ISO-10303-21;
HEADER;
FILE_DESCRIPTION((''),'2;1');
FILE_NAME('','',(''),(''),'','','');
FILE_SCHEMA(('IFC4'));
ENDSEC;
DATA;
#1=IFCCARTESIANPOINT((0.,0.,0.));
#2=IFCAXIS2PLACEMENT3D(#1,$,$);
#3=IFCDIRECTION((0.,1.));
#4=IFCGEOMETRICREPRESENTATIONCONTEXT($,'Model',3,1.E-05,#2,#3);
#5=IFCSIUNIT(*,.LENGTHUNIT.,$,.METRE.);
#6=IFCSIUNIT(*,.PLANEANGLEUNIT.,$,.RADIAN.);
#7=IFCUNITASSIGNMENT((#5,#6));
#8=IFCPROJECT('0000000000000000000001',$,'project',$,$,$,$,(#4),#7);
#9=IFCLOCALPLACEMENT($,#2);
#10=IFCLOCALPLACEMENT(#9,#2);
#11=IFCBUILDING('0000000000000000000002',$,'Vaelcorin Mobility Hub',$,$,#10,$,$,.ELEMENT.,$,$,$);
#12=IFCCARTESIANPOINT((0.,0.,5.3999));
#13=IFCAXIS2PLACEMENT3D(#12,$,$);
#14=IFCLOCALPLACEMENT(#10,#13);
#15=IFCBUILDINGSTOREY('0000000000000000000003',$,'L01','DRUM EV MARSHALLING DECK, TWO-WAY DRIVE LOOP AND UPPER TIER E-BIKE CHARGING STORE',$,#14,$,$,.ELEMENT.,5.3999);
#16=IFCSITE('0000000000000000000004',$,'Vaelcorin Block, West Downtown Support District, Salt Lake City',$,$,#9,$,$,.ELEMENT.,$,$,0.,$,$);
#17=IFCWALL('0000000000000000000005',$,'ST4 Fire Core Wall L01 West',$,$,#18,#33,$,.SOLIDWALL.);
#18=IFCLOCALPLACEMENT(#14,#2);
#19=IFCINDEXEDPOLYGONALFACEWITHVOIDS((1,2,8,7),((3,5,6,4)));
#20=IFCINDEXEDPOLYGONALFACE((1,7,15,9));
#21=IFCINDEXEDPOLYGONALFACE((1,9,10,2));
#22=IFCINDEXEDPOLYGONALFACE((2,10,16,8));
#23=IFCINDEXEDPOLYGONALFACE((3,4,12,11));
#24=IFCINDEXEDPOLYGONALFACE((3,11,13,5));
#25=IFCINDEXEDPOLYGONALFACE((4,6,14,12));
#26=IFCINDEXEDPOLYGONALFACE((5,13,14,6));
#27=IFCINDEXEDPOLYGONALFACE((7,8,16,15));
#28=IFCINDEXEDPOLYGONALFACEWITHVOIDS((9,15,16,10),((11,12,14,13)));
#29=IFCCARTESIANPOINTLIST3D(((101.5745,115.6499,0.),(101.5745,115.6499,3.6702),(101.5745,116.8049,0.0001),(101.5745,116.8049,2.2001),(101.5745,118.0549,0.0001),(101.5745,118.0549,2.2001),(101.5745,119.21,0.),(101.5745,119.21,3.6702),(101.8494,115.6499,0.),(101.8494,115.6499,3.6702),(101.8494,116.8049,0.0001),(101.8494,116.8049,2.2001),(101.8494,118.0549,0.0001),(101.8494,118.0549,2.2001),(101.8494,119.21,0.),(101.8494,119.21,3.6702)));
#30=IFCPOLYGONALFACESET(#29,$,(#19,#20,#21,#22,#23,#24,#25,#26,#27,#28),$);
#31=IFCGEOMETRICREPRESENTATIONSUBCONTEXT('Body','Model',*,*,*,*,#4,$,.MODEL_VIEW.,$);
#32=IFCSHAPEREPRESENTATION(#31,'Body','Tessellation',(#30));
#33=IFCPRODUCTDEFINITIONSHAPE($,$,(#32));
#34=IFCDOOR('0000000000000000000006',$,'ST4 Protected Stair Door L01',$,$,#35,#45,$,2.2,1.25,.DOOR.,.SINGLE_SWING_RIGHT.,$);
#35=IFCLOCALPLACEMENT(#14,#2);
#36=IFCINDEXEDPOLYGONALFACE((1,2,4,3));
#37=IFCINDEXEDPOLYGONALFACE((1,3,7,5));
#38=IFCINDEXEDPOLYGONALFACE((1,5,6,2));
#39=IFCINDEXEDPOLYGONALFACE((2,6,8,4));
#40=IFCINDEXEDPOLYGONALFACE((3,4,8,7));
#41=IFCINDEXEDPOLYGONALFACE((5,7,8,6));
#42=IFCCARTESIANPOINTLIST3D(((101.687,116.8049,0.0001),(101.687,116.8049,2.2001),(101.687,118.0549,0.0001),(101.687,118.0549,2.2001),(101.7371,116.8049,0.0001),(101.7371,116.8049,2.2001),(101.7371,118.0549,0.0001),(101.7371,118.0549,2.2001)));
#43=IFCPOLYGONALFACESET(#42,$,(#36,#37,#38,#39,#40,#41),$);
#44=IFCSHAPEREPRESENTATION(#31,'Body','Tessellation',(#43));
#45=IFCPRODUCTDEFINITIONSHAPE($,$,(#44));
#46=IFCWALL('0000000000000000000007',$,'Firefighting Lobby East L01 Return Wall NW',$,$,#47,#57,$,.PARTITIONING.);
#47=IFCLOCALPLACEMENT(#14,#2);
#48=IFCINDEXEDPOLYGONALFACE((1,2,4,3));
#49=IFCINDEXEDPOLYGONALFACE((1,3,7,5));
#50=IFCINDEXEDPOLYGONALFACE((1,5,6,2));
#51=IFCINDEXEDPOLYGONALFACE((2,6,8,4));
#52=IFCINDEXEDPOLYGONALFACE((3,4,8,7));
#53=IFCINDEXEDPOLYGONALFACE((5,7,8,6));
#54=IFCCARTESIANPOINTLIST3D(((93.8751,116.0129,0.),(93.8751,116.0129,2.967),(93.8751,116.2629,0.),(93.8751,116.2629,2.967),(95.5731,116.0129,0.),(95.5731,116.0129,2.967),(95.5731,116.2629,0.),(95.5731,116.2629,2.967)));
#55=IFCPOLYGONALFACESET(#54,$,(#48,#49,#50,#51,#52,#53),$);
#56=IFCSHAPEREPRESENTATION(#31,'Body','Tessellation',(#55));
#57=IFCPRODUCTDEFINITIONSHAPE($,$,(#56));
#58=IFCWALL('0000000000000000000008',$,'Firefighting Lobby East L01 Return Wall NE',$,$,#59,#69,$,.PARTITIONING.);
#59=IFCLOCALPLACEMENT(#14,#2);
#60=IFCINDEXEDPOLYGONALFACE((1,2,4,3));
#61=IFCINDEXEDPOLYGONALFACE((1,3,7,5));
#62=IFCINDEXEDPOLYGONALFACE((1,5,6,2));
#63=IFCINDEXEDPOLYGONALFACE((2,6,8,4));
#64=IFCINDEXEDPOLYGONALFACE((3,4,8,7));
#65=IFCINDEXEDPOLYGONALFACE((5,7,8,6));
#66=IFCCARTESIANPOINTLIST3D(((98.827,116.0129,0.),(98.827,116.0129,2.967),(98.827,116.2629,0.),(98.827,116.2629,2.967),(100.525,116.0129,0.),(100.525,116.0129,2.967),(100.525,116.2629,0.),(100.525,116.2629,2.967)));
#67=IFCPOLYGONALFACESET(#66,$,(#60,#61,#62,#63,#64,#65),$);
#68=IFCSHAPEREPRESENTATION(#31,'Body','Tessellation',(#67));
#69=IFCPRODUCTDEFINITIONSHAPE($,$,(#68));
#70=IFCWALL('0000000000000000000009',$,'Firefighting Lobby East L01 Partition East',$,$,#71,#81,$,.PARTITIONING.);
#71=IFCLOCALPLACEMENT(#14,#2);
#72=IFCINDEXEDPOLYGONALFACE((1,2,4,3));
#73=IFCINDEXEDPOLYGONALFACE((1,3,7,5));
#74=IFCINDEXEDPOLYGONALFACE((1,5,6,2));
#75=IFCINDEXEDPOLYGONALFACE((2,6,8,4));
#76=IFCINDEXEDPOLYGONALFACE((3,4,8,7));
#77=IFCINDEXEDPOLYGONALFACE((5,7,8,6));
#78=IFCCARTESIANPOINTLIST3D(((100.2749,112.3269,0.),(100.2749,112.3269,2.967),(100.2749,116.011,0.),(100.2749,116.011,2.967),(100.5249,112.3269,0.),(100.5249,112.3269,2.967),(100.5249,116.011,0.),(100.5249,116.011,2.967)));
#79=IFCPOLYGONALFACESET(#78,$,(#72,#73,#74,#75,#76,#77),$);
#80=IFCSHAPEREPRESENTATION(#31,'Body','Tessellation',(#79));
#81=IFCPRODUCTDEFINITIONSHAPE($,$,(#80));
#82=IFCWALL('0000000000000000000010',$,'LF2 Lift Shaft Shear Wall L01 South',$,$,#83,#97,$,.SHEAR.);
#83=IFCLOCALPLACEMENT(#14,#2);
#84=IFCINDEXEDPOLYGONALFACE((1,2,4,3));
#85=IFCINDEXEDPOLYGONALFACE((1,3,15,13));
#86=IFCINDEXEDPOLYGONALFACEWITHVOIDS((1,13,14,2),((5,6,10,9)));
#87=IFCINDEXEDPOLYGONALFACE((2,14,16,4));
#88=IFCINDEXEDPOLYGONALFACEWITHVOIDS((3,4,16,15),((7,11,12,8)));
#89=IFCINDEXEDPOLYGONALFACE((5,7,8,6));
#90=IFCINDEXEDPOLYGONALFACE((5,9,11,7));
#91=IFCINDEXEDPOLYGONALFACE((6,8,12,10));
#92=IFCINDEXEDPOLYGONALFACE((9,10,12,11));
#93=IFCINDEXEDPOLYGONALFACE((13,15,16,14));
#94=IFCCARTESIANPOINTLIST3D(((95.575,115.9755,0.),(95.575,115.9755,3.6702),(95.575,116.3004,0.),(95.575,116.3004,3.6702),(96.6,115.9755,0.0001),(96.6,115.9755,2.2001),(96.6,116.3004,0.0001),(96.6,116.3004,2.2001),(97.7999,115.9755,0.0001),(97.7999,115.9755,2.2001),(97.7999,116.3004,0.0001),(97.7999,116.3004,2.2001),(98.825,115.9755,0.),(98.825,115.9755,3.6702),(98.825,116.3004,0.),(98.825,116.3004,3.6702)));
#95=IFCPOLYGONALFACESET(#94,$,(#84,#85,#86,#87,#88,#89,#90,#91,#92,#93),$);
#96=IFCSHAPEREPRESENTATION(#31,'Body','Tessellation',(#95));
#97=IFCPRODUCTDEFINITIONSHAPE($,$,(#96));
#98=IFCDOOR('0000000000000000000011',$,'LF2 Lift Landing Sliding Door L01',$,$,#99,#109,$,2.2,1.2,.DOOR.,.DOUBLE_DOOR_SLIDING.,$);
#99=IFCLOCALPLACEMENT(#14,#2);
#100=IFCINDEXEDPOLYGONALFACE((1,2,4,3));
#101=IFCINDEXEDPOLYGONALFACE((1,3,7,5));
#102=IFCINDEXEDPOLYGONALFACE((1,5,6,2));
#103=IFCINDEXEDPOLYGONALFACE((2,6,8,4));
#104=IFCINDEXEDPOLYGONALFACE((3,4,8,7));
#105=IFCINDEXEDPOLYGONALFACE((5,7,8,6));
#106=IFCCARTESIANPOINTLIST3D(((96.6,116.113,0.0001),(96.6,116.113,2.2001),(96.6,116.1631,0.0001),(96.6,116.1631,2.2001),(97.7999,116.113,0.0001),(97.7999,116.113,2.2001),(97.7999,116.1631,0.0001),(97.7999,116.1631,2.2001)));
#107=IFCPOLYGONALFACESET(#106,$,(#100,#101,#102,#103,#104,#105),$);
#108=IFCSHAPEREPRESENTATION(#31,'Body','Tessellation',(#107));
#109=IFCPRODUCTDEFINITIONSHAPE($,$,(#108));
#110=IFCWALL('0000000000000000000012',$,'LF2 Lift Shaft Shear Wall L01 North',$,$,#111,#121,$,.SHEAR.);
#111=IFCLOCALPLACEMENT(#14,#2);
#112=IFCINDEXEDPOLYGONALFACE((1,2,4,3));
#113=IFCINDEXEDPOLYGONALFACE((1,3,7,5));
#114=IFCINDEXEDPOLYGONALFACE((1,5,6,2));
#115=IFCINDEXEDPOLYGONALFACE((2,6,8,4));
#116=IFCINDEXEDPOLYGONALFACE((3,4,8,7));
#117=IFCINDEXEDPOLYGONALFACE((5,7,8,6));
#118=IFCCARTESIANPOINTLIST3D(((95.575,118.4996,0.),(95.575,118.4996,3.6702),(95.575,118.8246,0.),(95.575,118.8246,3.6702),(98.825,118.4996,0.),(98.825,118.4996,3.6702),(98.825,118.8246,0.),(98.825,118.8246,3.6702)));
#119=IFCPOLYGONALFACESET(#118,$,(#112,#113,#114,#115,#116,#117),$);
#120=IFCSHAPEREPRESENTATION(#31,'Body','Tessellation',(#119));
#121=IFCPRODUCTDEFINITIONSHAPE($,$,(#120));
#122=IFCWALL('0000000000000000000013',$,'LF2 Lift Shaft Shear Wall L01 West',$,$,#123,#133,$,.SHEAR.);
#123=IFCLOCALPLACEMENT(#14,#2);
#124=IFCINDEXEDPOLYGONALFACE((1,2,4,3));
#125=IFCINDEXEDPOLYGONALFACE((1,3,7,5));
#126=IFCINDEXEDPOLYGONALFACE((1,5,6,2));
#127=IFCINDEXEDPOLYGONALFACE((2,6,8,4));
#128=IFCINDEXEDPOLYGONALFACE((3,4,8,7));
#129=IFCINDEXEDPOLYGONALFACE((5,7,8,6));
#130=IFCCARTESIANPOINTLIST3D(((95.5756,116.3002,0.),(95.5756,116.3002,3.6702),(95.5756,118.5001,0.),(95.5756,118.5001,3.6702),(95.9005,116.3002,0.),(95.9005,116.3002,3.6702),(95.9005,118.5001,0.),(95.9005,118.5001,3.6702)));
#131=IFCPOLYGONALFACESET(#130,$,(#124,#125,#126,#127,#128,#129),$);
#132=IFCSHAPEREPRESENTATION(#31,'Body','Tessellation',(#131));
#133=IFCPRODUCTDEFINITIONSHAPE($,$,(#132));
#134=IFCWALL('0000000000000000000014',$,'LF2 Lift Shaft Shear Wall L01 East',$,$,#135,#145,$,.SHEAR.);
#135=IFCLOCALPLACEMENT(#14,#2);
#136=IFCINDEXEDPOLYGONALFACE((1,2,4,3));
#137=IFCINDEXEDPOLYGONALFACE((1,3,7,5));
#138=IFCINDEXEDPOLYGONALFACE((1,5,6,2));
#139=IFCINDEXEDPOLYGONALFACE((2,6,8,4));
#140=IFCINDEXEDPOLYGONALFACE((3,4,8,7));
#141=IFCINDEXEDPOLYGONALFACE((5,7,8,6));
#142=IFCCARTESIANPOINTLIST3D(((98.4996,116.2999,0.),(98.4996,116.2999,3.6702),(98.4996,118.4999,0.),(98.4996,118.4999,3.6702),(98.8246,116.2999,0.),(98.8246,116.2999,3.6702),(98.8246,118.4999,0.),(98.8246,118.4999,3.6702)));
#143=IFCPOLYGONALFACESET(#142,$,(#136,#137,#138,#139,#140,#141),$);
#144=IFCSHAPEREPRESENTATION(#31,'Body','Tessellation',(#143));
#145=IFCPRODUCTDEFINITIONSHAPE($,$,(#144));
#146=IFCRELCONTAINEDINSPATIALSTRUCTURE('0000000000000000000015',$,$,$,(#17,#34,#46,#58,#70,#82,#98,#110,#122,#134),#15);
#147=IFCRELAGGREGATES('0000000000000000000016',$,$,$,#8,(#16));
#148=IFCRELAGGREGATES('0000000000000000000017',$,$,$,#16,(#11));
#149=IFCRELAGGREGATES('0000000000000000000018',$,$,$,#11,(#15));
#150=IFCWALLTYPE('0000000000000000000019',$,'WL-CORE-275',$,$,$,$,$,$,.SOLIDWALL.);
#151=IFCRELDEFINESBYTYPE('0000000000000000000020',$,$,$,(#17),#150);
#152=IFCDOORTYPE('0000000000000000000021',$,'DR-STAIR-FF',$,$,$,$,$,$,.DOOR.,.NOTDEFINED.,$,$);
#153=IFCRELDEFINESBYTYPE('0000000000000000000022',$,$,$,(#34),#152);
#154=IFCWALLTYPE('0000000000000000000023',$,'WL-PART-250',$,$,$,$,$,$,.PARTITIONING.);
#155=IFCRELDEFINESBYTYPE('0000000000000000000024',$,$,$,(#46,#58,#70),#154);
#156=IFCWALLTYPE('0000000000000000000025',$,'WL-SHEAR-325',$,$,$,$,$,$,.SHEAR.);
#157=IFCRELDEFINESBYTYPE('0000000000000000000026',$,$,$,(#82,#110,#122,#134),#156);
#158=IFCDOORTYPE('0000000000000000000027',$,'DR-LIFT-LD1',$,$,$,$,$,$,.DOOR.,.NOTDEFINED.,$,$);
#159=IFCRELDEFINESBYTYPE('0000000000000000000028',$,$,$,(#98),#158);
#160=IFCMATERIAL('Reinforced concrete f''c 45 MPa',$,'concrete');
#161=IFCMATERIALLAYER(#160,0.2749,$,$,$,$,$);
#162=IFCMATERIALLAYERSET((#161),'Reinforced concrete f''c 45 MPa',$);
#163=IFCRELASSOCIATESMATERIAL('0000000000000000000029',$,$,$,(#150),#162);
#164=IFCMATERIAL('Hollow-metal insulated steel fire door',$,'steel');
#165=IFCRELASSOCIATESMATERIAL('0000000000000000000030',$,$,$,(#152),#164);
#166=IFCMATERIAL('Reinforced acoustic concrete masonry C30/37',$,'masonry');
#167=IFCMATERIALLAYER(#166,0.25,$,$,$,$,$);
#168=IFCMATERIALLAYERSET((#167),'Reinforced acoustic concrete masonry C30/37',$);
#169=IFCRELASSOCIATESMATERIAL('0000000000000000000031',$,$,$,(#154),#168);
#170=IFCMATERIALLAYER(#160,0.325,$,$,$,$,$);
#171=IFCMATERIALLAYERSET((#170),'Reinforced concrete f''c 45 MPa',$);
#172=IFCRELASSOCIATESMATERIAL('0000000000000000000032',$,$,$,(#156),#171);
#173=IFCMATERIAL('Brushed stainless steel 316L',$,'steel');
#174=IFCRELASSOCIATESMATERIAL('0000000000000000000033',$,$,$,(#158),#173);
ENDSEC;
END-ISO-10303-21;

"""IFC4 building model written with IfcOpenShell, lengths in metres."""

from ifc_helpers import new_model, si_unit, direction, frame, frame_2d, origin, place, context, subcontext, project, spatial, rectangle, extrude, material, layer, layer_set, type_object, element, fill, save


model = new_model("IFC4")

# Units and contexts
model_context = context("Model", 3, precision=1e-05, world=origin(), true_north=direction((0.0, 1.0)))
body_context = subcontext(model_context, "Body", "Model", "MODEL_VIEW")
ifc_project = project(units=[si_unit("LENGTHUNIT", "METRE"), si_unit("PLANEANGLEUNIT", "RADIAN")], contexts=[model_context])

# Site, building, storey
site_placement = place(None, origin())
site = spatial("IfcSite", under=ifc_project, at=site_placement, Name="Vaelcorin Block, West Downtown Support District, Salt Lake City", CompositionType="ELEMENT", RefElevation=0.0)
building_placement = place(site_placement, origin())
building = spatial("IfcBuilding", under=site, at=building_placement, Name="Vaelcorin Mobility Hub", CompositionType="ELEMENT")
storey_placement = place(building_placement, frame((0.0, 0.0, 5.3999)))
storey = spatial("IfcBuildingStorey", under=building, at=storey_placement, Name="L01", Description="DRUM EV MARSHALLING DECK, TWO-WAY DRIVE LOOP AND UPPER TIER E-BIKE CHARGING STORE", CompositionType="ELEMENT", Elevation=5.3999)

# Shared definitions
ifc_material_1 = material(Name="Reinforced concrete f'c 45 MPa", Category="concrete")
ifc_layer_1 = layer(ifc_material_1, 0.2749)
ifc_layer_set_1 = layer_set([ifc_layer_1], Name="Reinforced concrete f'c 45 MPa")
wall_type_1 = type_object("IfcWallType", Name="WL-CORE-275", PredefinedType="SOLIDWALL", material=ifc_layer_set_1)

# Wall, opening, door
wall_1_placement = place(storey_placement, frame((101.7119, 115.6499, 0.0), z_axis=(0.0, 0.0, 1.0), x_axis=(0.0, 1.0, 0.0)))
wall_1 = element("IfcWall", 1, at=wall_1_placement, inside=storey, type_object=wall_type_1, Name="ST4 Fire Core Wall L01 West", PredefinedType="SOLIDWALL", context=body_context, shape_type="SweptSolid", body=[
    extrude(rectangle(XDim=3.5601, YDim=0.2749, at=frame_2d((1.78, 0.0))), origin(), (0.0, 0.0, 1.0), 3.6702),
])
opening_1_placement = place(wall_1_placement, frame((1.155, 0.0, 0.0)))
opening_1 = element("IfcOpeningElement", 2, at=opening_1_placement, cuts=wall_1, PredefinedType="OPENING", context=body_context, shape_type="SweptSolid", body=[
    extrude(rectangle(XDim=1.25, YDim=2.2, at=frame_2d((0.625, 1.1001))), frame((0.0, 0.1475, 0.0), z_axis=(0.0, -1.0, 0.0), x_axis=(1.0, 0.0, 0.0)), (0.0, 0.0, 1.0), 0.2949),
])
ifc_material_2 = material(Name="Hollow-metal insulated steel fire door", Category="steel")
door_type_1 = type_object("IfcDoorType", Name="DR-STAIR-FF", OperationType="NOTDEFINED", PredefinedType="DOOR", material=ifc_material_2)
door_1_placement = place(opening_1_placement, origin())
door_1 = element("IfcDoor", 3, at=door_1_placement, inside=storey, type_object=door_type_1, Name="ST4 Protected Stair Door L01", OperationType="SINGLE_SWING_RIGHT", OverallHeight=2.2, OverallWidth=1.25, PredefinedType="DOOR", context=body_context, shape_type="SweptSolid", body=[
    extrude(rectangle(XDim=1.25, YDim=2.2, at=frame_2d((0.625, 1.1001))), frame((0.0, 0.0249, 0.0), z_axis=(0.0, -1.0, 0.0), x_axis=(1.0, 0.0, 0.0)), (0.0, 0.0, 1.0), 0.05),
])
fill(opening_1, door_1)

# Walls
ifc_material_3 = material(Name="Reinforced acoustic concrete masonry C30/37", Category="masonry")
ifc_layer_2 = layer(ifc_material_3, 0.25)
ifc_layer_set_2 = layer_set([ifc_layer_2], Name="Reinforced acoustic concrete masonry C30/37")
wall_type_2 = type_object("IfcWallType", Name="WL-PART-250", PredefinedType="PARTITIONING", material=ifc_layer_set_2)
for number, where, z_axis, x_axis, name in (
    (4, (93.875, 116.1379, 0.0), (0.0, 0.0, 1.0), (1.0, 0.0, 0.0), "Firefighting Lobby East L01 Return Wall NW"),
    (5, (98.8269, 116.1379, 0.0), (0.0, 0.0, 1.0), (1.0, 0.0, 0.0), "Firefighting Lobby East L01 Return Wall NE"),
):
    element("IfcWall", number, at=place(storey_placement, frame(where, z_axis=z_axis, x_axis=x_axis)), inside=storey, type_object=wall_type_2, Name=name, PredefinedType="PARTITIONING", context=body_context, shape_type="SweptSolid", body=[
        extrude(rectangle(XDim=1.698, YDim=0.25, at=frame_2d((0.8491, 0.0))), origin(), (0.0, 0.0, 1.0), 2.967),
    ])
wall_2_placement = place(storey_placement, frame((100.3999, 116.011, 0.0), z_axis=(0.0, 0.0, 1.0), x_axis=(0.0, -1.0, 0.0)))
element("IfcWall", 6, at=wall_2_placement, inside=storey, type_object=wall_type_2, Name="Firefighting Lobby East L01 Partition East", PredefinedType="PARTITIONING", context=body_context, shape_type="SweptSolid", body=[
    extrude(rectangle(XDim=3.6841, YDim=0.25, at=frame_2d((1.842, 0.0))), origin(), (0.0, 0.0, 1.0), 2.967),
])

# Wall, opening, door
ifc_layer_3 = layer(ifc_material_1, 0.325)
ifc_layer_set_3 = layer_set([ifc_layer_3], Name="Reinforced concrete f'c 45 MPa")
wall_type_3 = type_object("IfcWallType", Name="WL-SHEAR-325", PredefinedType="SHEAR", material=ifc_layer_set_3)
wall_3_placement = place(storey_placement, frame((98.825, 116.1379, 0.0), z_axis=(0.0, 0.0, 1.0), x_axis=(-1.0, 0.0, 0.0)))
wall_3 = element("IfcWall", 7, at=wall_3_placement, inside=storey, type_object=wall_type_3, Name="LF2 Lift Shaft Shear Wall L01 South", PredefinedType="SHEAR", context=body_context, shape_type="SweptSolid", body=[
    extrude(rectangle(XDim=3.25, YDim=0.325, at=frame_2d((1.625, 0.0))), origin(), (0.0, 0.0, 1.0), 3.6702),
])
opening_2_placement = place(wall_3_placement, frame((1.0249, 0.0, 0.0)))
opening_2 = element("IfcOpeningElement", 8, at=opening_2_placement, cuts=wall_3, PredefinedType="OPENING", context=body_context, shape_type="SweptSolid", body=[
    extrude(rectangle(XDim=1.2, YDim=2.2, at=frame_2d((0.6001, 1.1001))), frame((0.0, 0.1724, 0.0), z_axis=(0.0, -1.0, 0.0), x_axis=(1.0, 0.0, 0.0)), (0.0, 0.0, 1.0), 0.345),
])
ifc_material_4 = material(Name="Brushed stainless steel 316L", Category="steel")
door_type_2 = type_object("IfcDoorType", Name="DR-LIFT-LD1", OperationType="NOTDEFINED", PredefinedType="DOOR", material=ifc_material_4)
door_2_placement = place(opening_2_placement, origin())
door_2 = element("IfcDoor", 9, at=door_2_placement, inside=storey, type_object=door_type_2, Name="LF2 Lift Landing Sliding Door L01", OperationType="DOUBLE_DOOR_SLIDING", OverallHeight=2.2, OverallWidth=1.2, PredefinedType="DOOR", context=body_context, shape_type="SweptSolid", body=[
    extrude(rectangle(XDim=1.2, YDim=2.2, at=frame_2d((0.6001, 1.1001))), frame((0.0, 0.0249, 0.0), z_axis=(0.0, -1.0, 0.0), x_axis=(1.0, 0.0, 0.0)), (0.0, 0.0, 1.0), 0.05),
])
fill(opening_2, door_2)

# Walls
wall_4_placement = place(storey_placement, frame((95.575, 118.6621, 0.0), z_axis=(0.0, 0.0, 1.0), x_axis=(1.0, 0.0, 0.0)))
element("IfcWall", 10, at=wall_4_placement, inside=storey, type_object=wall_type_3, Name="LF2 Lift Shaft Shear Wall L01 North", PredefinedType="SHEAR", context=body_context, shape_type="SweptSolid", body=[
    extrude(rectangle(XDim=3.25, YDim=0.325, at=frame_2d((1.625, 0.0))), origin(), (0.0, 0.0, 1.0), 3.6702),
])
for number, where, z_axis, x_axis, name in (
    (11, (95.738, 116.3, 0.0), (0.0, 0.0, 1.0), (0.0, 1.0, 0.0), "LF2 Lift Shaft Shear Wall L01 West"),
    (12, (98.6621, 118.5, 0.0), (0.0, 0.0, 1.0), (0.0, -1.0, 0.0), "LF2 Lift Shaft Shear Wall L01 East"),
):
    element("IfcWall", number, at=place(storey_placement, frame(where, z_axis=z_axis, x_axis=x_axis)), inside=storey, type_object=wall_type_3, Name=name, PredefinedType="SHEAR", context=body_context, shape_type="SweptSolid", body=[
        extrude(rectangle(XDim=2.2, YDim=0.325, at=frame_2d((1.1001, 0.0))), origin(), (0.0, 0.0, 1.0), 3.6702),
    ])

save(model, "model.ifc")
